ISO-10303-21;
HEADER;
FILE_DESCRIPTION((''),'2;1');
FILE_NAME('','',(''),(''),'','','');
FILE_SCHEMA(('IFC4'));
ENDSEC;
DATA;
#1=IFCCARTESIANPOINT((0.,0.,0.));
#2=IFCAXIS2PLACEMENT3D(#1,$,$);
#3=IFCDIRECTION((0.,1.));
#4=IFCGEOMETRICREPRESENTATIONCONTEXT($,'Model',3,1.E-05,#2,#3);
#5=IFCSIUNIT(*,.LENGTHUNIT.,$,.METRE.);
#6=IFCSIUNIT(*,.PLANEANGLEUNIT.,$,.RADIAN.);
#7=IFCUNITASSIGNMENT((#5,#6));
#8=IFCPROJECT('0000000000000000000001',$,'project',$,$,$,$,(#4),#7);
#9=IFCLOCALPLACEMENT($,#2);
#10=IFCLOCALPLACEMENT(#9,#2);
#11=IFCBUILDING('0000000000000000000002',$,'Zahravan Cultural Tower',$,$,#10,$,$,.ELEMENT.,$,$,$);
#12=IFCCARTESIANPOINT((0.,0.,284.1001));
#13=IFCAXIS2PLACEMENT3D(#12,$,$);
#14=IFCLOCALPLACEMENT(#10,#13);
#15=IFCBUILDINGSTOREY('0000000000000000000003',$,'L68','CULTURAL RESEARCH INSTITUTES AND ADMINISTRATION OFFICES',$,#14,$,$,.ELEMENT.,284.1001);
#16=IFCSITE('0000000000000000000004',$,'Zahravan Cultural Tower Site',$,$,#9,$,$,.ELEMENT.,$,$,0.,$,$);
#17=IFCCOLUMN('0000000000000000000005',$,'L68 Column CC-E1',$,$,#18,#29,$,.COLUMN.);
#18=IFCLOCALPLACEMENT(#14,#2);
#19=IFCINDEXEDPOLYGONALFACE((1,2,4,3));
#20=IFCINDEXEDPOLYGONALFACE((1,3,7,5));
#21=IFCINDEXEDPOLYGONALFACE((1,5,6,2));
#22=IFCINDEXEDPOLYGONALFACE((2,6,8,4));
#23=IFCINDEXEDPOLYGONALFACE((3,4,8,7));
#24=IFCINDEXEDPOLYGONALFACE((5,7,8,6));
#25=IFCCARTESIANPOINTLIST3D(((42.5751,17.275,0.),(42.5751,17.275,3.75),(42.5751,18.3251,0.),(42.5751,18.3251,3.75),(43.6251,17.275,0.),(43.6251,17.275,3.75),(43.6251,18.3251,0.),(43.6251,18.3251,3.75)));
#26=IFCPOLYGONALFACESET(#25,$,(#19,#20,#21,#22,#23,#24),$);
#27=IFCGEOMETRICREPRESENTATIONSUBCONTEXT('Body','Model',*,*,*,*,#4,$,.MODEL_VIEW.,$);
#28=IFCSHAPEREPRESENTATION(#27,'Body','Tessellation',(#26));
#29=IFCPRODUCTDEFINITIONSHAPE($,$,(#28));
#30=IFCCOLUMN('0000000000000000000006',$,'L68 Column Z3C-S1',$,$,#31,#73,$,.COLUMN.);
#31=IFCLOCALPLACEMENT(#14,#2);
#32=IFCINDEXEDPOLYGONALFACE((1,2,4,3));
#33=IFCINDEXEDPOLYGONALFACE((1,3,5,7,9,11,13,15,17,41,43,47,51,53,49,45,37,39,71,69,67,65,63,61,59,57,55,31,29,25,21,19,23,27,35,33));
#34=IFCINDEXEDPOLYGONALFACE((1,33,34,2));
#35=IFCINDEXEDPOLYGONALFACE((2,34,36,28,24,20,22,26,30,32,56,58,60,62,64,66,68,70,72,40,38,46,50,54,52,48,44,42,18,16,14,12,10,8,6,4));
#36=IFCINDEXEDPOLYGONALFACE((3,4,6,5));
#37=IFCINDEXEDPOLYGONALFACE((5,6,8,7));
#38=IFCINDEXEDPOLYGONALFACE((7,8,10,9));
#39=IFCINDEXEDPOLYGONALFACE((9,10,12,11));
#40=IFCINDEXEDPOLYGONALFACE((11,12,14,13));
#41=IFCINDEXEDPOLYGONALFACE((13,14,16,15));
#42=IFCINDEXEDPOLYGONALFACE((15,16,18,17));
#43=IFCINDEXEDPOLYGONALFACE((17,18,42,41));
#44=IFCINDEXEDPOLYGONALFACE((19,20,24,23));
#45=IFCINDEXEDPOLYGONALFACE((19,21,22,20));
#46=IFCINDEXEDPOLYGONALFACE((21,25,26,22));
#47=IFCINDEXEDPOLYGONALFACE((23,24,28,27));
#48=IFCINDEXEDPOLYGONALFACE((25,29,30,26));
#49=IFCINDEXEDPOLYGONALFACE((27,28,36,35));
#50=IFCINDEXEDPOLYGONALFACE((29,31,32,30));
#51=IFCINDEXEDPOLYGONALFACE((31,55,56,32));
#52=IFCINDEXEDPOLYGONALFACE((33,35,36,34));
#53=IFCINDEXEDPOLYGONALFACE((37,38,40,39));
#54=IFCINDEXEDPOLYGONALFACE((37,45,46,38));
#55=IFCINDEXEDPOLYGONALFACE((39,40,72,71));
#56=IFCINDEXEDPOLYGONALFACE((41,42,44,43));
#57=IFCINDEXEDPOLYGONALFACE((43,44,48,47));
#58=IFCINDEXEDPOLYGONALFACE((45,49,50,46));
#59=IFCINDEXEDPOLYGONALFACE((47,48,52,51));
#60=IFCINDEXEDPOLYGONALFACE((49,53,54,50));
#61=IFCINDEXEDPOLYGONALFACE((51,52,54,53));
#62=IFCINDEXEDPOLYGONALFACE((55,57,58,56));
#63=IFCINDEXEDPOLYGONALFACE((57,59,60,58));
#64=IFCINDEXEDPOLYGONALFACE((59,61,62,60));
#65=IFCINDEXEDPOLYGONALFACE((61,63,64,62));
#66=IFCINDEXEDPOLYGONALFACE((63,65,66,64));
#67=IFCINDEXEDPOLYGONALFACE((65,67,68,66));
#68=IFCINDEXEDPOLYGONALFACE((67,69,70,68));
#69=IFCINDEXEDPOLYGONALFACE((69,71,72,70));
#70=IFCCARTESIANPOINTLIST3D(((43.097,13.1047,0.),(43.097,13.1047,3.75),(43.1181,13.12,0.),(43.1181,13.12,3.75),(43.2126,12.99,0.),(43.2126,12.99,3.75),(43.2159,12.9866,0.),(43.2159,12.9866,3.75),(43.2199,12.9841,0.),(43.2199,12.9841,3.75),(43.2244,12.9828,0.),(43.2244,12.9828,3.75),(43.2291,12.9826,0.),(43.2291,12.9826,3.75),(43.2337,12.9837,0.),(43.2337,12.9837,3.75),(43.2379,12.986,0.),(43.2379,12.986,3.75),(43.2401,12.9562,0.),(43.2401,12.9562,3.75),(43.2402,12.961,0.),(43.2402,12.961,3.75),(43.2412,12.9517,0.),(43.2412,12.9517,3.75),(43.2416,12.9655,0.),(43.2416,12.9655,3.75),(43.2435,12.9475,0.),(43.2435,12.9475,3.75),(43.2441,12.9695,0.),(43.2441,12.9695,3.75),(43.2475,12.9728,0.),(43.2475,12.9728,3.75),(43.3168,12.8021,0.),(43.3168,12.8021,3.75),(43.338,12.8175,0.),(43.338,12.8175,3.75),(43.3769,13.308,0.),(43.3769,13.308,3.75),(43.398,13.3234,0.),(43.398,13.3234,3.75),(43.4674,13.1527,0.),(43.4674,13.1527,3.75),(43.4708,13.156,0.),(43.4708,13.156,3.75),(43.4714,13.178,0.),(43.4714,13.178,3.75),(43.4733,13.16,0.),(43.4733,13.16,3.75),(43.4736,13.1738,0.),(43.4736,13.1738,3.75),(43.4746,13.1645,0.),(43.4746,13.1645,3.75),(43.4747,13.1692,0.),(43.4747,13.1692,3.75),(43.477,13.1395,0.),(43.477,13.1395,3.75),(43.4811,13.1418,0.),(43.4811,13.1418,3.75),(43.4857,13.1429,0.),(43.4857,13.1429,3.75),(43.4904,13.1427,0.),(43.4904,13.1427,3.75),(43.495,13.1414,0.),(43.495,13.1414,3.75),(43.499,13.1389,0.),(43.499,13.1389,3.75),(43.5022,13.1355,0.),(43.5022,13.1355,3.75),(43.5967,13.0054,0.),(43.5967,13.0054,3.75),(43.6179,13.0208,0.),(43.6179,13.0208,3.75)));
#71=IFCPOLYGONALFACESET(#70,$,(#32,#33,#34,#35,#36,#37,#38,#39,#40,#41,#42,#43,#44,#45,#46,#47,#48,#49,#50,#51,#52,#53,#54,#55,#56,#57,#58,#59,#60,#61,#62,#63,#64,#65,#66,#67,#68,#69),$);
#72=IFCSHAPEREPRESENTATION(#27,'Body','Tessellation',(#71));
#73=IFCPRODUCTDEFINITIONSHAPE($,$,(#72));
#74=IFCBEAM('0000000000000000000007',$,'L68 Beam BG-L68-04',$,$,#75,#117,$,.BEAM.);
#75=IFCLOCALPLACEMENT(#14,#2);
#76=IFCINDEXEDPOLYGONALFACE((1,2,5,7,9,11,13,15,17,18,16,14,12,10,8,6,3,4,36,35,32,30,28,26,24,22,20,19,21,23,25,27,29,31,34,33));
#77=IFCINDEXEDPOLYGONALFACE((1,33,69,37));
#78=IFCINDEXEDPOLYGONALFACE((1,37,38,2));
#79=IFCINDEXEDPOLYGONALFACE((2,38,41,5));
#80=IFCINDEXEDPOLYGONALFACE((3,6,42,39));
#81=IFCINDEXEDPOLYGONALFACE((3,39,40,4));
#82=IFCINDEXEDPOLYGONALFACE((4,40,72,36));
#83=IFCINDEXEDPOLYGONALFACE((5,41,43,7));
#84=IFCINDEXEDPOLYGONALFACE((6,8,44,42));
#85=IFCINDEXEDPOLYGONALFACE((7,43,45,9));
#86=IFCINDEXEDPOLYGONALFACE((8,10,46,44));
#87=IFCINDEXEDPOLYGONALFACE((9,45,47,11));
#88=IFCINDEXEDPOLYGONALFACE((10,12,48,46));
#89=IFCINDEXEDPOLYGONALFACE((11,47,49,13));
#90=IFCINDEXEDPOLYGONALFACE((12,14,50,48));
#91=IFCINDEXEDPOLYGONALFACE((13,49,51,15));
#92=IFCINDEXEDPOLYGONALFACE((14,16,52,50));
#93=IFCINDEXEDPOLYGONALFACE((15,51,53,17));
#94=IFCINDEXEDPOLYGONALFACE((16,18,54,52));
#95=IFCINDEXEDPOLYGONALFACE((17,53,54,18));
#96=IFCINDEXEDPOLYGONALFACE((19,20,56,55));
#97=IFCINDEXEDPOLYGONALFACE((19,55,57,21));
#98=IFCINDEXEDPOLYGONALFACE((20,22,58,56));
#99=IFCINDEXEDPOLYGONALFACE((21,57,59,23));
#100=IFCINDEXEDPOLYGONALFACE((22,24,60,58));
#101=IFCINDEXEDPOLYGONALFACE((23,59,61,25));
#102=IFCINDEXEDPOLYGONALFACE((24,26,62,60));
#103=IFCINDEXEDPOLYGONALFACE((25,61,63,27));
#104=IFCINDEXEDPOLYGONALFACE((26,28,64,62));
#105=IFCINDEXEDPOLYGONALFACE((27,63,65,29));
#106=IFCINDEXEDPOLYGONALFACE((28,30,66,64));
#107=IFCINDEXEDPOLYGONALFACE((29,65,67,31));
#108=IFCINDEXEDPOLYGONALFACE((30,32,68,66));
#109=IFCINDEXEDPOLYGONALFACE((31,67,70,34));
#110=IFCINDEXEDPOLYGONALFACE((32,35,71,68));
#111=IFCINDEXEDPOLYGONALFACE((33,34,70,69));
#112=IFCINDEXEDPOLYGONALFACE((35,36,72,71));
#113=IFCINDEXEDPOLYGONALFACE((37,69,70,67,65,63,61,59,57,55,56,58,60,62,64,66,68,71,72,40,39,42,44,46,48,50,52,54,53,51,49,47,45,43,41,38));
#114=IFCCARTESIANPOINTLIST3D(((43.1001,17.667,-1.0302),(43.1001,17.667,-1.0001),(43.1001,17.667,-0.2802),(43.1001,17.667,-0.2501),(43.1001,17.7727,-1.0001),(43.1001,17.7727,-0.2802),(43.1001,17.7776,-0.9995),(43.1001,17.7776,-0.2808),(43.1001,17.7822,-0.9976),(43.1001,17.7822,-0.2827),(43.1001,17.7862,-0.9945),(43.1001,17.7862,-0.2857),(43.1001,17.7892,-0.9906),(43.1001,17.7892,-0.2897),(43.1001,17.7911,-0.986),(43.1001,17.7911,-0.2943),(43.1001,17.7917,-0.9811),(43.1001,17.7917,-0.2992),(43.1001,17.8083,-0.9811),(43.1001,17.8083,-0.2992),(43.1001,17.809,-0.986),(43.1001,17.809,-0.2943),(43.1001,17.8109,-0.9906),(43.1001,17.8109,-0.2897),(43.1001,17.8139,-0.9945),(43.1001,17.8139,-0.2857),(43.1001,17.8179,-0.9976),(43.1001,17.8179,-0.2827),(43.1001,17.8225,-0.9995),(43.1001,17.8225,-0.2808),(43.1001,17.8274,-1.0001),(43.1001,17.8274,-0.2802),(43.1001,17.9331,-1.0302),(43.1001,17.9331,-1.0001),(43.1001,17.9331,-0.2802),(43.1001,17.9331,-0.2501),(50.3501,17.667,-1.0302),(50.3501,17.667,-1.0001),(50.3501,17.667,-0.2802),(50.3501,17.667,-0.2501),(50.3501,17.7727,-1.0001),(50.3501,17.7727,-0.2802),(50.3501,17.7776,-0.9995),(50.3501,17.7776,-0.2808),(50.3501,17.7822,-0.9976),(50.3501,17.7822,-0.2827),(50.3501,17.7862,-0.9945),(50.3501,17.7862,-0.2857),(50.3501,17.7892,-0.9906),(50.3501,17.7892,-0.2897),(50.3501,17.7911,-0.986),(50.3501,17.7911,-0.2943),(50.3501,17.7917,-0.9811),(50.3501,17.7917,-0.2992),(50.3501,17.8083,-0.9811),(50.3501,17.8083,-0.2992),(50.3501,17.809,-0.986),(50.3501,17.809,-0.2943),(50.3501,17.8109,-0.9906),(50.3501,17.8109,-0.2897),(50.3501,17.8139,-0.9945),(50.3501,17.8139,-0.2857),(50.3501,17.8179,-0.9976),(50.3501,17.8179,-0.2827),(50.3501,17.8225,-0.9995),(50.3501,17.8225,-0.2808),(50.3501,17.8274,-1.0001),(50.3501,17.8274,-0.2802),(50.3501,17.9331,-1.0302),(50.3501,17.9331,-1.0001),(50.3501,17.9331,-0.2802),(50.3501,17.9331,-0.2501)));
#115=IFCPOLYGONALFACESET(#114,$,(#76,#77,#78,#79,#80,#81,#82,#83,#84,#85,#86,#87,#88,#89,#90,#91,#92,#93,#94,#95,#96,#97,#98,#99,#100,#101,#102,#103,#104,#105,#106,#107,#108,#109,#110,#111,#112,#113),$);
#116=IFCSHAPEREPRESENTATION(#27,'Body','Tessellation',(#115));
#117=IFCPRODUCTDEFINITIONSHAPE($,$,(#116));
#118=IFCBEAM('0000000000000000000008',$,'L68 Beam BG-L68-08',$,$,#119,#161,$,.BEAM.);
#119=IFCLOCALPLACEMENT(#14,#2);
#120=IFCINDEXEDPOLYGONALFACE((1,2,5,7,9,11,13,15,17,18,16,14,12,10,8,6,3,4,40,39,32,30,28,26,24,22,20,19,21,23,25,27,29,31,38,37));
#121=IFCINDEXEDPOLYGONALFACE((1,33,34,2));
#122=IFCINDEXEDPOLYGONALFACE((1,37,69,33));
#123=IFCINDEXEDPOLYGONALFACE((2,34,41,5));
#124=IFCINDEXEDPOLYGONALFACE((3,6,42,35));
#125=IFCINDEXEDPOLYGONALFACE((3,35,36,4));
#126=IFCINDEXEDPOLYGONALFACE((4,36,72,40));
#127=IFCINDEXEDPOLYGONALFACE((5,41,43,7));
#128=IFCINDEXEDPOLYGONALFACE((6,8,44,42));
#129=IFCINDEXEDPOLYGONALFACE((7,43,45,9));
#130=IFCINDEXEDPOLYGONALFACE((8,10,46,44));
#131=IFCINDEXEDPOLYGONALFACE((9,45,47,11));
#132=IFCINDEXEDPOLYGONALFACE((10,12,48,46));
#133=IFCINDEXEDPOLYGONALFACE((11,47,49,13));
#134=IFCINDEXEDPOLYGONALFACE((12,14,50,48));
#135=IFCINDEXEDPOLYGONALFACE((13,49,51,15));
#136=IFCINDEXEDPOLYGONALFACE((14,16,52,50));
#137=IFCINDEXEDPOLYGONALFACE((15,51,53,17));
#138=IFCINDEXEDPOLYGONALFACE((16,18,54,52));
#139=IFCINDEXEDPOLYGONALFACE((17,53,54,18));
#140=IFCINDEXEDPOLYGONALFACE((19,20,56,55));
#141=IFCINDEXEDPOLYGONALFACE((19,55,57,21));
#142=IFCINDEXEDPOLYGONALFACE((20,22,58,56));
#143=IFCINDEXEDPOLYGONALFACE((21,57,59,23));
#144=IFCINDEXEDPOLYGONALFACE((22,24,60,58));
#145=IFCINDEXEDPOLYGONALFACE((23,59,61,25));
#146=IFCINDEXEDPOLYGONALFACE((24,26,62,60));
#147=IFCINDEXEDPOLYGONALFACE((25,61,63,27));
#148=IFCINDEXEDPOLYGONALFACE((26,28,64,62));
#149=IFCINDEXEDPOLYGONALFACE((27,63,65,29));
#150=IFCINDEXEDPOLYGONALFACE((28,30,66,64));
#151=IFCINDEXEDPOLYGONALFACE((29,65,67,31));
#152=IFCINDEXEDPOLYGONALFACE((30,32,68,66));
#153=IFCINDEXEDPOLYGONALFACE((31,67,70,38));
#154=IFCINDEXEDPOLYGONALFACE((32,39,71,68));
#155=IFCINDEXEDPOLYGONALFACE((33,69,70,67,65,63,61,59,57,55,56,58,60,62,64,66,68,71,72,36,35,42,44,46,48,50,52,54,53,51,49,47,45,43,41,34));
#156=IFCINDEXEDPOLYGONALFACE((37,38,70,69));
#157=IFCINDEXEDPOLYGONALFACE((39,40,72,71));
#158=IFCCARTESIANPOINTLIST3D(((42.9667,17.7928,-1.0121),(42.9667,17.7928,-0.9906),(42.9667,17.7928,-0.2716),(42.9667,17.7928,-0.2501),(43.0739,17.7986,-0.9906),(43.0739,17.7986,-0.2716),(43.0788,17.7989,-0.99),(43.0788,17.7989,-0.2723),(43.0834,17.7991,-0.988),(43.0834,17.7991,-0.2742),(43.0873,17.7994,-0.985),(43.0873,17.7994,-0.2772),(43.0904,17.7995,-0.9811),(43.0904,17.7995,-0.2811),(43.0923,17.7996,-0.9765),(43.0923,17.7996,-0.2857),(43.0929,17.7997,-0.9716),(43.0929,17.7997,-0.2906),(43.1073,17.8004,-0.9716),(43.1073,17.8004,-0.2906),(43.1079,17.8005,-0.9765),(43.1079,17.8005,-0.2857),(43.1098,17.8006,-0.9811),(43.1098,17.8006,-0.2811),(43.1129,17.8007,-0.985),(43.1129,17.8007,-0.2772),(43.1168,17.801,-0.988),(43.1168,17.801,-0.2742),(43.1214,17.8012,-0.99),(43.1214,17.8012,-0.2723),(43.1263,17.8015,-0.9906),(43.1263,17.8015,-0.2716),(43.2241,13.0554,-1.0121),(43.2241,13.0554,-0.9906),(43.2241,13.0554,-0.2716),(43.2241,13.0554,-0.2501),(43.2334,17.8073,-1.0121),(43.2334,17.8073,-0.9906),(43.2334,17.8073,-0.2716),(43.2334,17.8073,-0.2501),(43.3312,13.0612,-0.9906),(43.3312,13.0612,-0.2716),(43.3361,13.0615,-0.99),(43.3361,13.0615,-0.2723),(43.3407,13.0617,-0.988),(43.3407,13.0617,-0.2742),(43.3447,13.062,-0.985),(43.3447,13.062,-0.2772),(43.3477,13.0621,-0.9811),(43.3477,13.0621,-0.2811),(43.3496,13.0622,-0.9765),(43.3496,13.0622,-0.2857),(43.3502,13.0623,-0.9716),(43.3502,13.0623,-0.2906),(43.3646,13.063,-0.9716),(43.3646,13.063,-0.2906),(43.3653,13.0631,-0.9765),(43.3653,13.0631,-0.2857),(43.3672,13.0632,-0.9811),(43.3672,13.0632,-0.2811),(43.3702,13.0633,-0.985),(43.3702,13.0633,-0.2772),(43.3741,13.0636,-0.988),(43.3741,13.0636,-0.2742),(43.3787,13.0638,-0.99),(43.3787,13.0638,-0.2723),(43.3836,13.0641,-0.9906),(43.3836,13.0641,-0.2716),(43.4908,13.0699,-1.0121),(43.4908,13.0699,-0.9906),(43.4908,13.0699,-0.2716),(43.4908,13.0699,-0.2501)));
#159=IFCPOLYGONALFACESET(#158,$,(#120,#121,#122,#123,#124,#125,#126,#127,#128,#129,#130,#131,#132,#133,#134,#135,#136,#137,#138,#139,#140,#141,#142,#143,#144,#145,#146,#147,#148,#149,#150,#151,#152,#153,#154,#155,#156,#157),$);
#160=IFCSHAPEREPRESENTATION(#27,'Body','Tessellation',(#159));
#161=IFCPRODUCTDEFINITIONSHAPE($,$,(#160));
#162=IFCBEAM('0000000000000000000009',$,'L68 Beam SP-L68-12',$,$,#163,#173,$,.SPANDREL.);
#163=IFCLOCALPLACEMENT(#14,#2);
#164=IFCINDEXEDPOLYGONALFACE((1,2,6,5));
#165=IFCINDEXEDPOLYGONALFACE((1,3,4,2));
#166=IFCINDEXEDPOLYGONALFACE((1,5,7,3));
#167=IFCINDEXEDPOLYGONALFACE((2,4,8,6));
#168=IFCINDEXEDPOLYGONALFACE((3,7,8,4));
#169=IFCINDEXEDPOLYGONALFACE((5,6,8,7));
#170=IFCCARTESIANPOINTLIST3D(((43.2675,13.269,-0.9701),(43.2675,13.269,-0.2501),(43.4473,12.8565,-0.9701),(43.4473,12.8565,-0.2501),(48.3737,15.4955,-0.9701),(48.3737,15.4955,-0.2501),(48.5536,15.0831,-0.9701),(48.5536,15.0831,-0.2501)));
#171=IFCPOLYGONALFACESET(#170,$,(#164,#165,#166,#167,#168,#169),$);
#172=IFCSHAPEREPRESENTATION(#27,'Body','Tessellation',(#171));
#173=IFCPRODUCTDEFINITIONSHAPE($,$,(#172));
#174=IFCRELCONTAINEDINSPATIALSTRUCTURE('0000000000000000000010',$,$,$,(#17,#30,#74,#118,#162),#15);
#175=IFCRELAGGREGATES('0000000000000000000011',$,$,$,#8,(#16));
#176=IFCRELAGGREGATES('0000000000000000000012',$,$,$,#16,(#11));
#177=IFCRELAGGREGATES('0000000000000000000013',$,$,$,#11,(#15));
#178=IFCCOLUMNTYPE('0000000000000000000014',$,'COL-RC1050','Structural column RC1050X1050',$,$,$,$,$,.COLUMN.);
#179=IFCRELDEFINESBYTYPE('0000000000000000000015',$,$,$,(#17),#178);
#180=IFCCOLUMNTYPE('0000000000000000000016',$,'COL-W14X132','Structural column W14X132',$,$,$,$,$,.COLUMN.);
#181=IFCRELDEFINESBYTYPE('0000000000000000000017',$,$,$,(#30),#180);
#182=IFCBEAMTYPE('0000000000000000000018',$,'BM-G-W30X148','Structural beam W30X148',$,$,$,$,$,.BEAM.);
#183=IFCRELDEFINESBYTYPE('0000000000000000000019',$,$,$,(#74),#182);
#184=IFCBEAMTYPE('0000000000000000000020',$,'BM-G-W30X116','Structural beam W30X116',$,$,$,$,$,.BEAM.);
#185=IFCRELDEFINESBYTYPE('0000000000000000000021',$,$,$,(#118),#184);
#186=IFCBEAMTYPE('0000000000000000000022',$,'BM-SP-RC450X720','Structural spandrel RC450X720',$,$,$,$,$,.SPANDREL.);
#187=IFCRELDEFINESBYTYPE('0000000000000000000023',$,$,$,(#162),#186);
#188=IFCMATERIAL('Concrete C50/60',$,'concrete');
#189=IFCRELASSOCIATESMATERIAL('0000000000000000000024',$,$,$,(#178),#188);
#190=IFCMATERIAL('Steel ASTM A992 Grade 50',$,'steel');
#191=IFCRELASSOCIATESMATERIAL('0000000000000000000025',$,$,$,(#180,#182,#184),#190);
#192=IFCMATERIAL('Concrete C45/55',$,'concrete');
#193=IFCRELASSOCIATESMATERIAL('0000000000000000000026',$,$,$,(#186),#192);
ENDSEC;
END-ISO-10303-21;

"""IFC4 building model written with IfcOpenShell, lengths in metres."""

from ifc_helpers import new_model, si_unit, direction, frame, origin, origin_2d, place, context, subcontext, project, spatial, rectangle, i_section, extrude, source, transform, mapped, material, material_profile, profile_set, type_object, element, save


model = new_model("IFC4")

# Units and contexts
model_context = context("Model", 3, precision=1e-05, world=origin(), true_north=direction((0.0, 1.0)))
body_context = subcontext(model_context, "Body", "Model", "MODEL_VIEW")
ifc_project = project(units=[si_unit("LENGTHUNIT", "METRE"), si_unit("PLANEANGLEUNIT", "RADIAN")], contexts=[model_context])

# Site, building, storey
site_placement = place(None, origin())
site = spatial("IfcSite", under=ifc_project, at=site_placement, Name="Zahravan Cultural Tower Site", CompositionType="ELEMENT", RefElevation=0.0)
building_placement = place(site_placement, origin())
building = spatial("IfcBuilding", under=site, at=building_placement, Name="Zahravan Cultural Tower", CompositionType="ELEMENT")
storey_placement = place(building_placement, frame((0.0, 0.0, 284.1001)))
storey = spatial("IfcBuildingStorey", under=building, at=storey_placement, Name="L68", Description="CULTURAL RESEARCH INSTITUTES AND ADMINISTRATION OFFICES", CompositionType="ELEMENT", Elevation=284.1001)

# Columns
ifc_material_1 = material(Name="Concrete C50/60", Category="concrete")
ifc_material_profile_1 = material_profile(ifc_material_1, rectangle(XDim=1.05, YDim=1.05, at=origin_2d()), Name="RC1050X1050")
ifc_profile_set_1 = profile_set([ifc_material_profile_1], Name="Concrete C50/60")
column_type_1 = type_object("IfcColumnType", Name="COL-RC1050", Description="Structural column RC1050X1050", PredefinedType="COLUMN", material=ifc_profile_set_1)
shared_shape_1 = source(origin(), body_context, "Body", "SweptSolid", [
    extrude(rectangle(XDim=1.05, YDim=1.05, at=origin_2d()), origin(), (0.0, 0.0, 1.0), 3.75),
])
column_1_placement = place(storey_placement, frame((43.1001, 17.8, 0.0), z_axis=(0.0, 0.0, 1.0), x_axis=(1.0, 0.0, 0.0)))
element("IfcColumn", 1, at=column_1_placement, inside=storey, type_object=column_type_1, Name="L68 Column CC-E1", PredefinedType="COLUMN", context=body_context, shape_type="MappedRepresentation", body=[
    mapped(shared_shape_1, transform((0.0, 0.0, 0.0), x_axis=(1.0, 0.0, 0.0), y_axis=(0.0, 1.0, 0.0), z_axis=(0.0, 0.0, 1.0), scale=1.0)),
])
ifc_material_2 = material(Name="Steel ASTM A992 Grade 50", Category="steel")
ifc_material_profile_2 = material_profile(ifc_material_2, i_section(OverallWidth=0.374, OverallDepth=0.3721, WebThickness=0.0164, FlangeThickness=0.0261, FilletRadius=0.0181, at=origin_2d()), Name="W14X132")
ifc_profile_set_2 = profile_set([ifc_material_profile_2], Name="Steel ASTM A992 Grade 50")
column_type_2 = type_object("IfcColumnType", Name="COL-W14X132", Description="Structural column W14X132", PredefinedType="COLUMN", material=ifc_profile_set_2)
shared_shape_2 = source(origin(), body_context, "Body", "SweptSolid", [
    extrude(i_section(OverallWidth=0.374, OverallDepth=0.3721, WebThickness=0.0164, FlangeThickness=0.0261, FilletRadius=0.0181, at=origin_2d()), origin(), (0.0, 0.0, 1.0), 3.75),
])
column_2_placement = place(storey_placement, frame((43.3574, 13.0627, 0.0), z_axis=(0.0, 0.0, 1.0), x_axis=(-0.587785, 0.809017, 0.0)))
element("IfcColumn", 2, at=column_2_placement, inside=storey, type_object=column_type_2, Name="L68 Column Z3C-S1", PredefinedType="COLUMN", context=body_context, shape_type="MappedRepresentation", body=[
    mapped(shared_shape_2, transform((0.0, 0.0, 0.0), x_axis=(1.0, 0.0, 0.0), y_axis=(0.0, 1.0, 0.0), z_axis=(0.0, 0.0, 1.0), scale=1.0)),
])

# Beams
ifc_material_profile_3 = material_profile(ifc_material_2, i_section(OverallWidth=0.2661, OverallDepth=0.78, WebThickness=0.0166, FlangeThickness=0.03, FilletRadius=0.019, at=origin_2d()), Name="W30X148")
ifc_profile_set_3 = profile_set([ifc_material_profile_3], Name="Steel ASTM A992 Grade 50")
beam_type_1 = type_object("IfcBeamType", Name="BM-G-W30X148", Description="Structural beam W30X148", PredefinedType="BEAM", material=ifc_profile_set_3)
shared_shape_3 = source(origin(), body_context, "Body", "SweptSolid", [
    extrude(i_section(OverallWidth=0.2661, OverallDepth=0.78, WebThickness=0.0166, FlangeThickness=0.03, FilletRadius=0.019, at=origin_2d()), origin(), (0.0, 0.0, 1.0), 7.25),
])
beam_1_placement = place(storey_placement, frame((43.1001, 17.8, -0.6401), z_axis=(1.0, 0.0, 0.0), x_axis=(0.0, 1.0, 0.0)))
element("IfcBeam", 3, at=beam_1_placement, inside=storey, type_object=beam_type_1, Name="L68 Beam BG-L68-04", PredefinedType="BEAM", context=body_context, shape_type="MappedRepresentation", body=[
    mapped(shared_shape_3, transform((0.0, 0.0, 0.0), x_axis=(1.0, 0.0, 0.0), y_axis=(0.0, 1.0, 0.0), z_axis=(0.0, 0.0, 1.0), scale=1.0)),
])
ifc_material_profile_4 = material_profile(ifc_material_2, i_section(OverallWidth=0.2671, OverallDepth=0.762, WebThickness=0.0144, FlangeThickness=0.0215, FilletRadius=0.019, at=origin_2d()), Name="W30X116")
ifc_profile_set_4 = profile_set([ifc_material_profile_4], Name="Steel ASTM A992 Grade 50")
beam_type_2 = type_object("IfcBeamType", Name="BM-G-W30X116", Description="Structural beam W30X116", PredefinedType="BEAM", material=ifc_profile_set_4)
shared_shape_4 = source(origin(), body_context, "Body", "SweptSolid", [
    extrude(i_section(OverallWidth=0.2671, OverallDepth=0.762, WebThickness=0.0144, FlangeThickness=0.0215, FilletRadius=0.019, at=origin_2d()), origin(), (0.0, 0.0, 1.0), 4.7444),
])
beam_2_placement = place(storey_placement, frame((43.1001, 17.8, -0.6311), z_axis=(0.054239, -0.998528, 0.0), x_axis=(0.998528, 0.054239, 0.0)))
element("IfcBeam", 4, at=beam_2_placement, inside=storey, type_object=beam_type_2, Name="L68 Beam BG-L68-08", PredefinedType="BEAM", context=body_context, shape_type="MappedRepresentation", body=[
    mapped(shared_shape_4, transform((0.0, 0.0, 0.0), x_axis=(1.0, 0.0, 0.0), y_axis=(0.0, 1.0, 0.0), z_axis=(0.0, 0.0, 1.0), scale=1.0)),
])
ifc_material_3 = material(Name="Concrete C45/55", Category="concrete")
ifc_material_profile_5 = material_profile(ifc_material_3, rectangle(XDim=0.45, YDim=0.72, at=origin_2d()), Name="RC450X720")
ifc_profile_set_5 = profile_set([ifc_material_profile_5], Name="Concrete C45/55")
beam_type_3 = type_object("IfcBeamType", Name="BM-SP-RC450X720", Description="Structural spandrel RC450X720", PredefinedType="SPANDREL", material=ifc_profile_set_5)
shared_shape_5 = source(origin(), body_context, "Body", "SweptSolid", [
    extrude(rectangle(XDim=0.45, YDim=0.72, at=origin_2d()), origin(), (0.0, 0.0, 1.0), 5.5706),
])
beam_3_placement = place(storey_placement, frame((43.3574, 13.0627, -0.6101), z_axis=(0.916645, 0.399703, 0.0), x_axis=(-0.399703, 0.916645, 0.0)))
element("IfcBeam", 5, at=beam_3_placement, inside=storey, type_object=beam_type_3, Name="L68 Beam SP-L68-12", PredefinedType="SPANDREL", context=body_context, shape_type="MappedRepresentation", body=[
    mapped(shared_shape_5, transform((0.0, 0.0, 0.0), x_axis=(1.0, 0.0, 0.0), y_axis=(0.0, 1.0, 0.0), z_axis=(0.0, 0.0, 1.0), scale=1.0)),
])

save(model, "model.ifc")
